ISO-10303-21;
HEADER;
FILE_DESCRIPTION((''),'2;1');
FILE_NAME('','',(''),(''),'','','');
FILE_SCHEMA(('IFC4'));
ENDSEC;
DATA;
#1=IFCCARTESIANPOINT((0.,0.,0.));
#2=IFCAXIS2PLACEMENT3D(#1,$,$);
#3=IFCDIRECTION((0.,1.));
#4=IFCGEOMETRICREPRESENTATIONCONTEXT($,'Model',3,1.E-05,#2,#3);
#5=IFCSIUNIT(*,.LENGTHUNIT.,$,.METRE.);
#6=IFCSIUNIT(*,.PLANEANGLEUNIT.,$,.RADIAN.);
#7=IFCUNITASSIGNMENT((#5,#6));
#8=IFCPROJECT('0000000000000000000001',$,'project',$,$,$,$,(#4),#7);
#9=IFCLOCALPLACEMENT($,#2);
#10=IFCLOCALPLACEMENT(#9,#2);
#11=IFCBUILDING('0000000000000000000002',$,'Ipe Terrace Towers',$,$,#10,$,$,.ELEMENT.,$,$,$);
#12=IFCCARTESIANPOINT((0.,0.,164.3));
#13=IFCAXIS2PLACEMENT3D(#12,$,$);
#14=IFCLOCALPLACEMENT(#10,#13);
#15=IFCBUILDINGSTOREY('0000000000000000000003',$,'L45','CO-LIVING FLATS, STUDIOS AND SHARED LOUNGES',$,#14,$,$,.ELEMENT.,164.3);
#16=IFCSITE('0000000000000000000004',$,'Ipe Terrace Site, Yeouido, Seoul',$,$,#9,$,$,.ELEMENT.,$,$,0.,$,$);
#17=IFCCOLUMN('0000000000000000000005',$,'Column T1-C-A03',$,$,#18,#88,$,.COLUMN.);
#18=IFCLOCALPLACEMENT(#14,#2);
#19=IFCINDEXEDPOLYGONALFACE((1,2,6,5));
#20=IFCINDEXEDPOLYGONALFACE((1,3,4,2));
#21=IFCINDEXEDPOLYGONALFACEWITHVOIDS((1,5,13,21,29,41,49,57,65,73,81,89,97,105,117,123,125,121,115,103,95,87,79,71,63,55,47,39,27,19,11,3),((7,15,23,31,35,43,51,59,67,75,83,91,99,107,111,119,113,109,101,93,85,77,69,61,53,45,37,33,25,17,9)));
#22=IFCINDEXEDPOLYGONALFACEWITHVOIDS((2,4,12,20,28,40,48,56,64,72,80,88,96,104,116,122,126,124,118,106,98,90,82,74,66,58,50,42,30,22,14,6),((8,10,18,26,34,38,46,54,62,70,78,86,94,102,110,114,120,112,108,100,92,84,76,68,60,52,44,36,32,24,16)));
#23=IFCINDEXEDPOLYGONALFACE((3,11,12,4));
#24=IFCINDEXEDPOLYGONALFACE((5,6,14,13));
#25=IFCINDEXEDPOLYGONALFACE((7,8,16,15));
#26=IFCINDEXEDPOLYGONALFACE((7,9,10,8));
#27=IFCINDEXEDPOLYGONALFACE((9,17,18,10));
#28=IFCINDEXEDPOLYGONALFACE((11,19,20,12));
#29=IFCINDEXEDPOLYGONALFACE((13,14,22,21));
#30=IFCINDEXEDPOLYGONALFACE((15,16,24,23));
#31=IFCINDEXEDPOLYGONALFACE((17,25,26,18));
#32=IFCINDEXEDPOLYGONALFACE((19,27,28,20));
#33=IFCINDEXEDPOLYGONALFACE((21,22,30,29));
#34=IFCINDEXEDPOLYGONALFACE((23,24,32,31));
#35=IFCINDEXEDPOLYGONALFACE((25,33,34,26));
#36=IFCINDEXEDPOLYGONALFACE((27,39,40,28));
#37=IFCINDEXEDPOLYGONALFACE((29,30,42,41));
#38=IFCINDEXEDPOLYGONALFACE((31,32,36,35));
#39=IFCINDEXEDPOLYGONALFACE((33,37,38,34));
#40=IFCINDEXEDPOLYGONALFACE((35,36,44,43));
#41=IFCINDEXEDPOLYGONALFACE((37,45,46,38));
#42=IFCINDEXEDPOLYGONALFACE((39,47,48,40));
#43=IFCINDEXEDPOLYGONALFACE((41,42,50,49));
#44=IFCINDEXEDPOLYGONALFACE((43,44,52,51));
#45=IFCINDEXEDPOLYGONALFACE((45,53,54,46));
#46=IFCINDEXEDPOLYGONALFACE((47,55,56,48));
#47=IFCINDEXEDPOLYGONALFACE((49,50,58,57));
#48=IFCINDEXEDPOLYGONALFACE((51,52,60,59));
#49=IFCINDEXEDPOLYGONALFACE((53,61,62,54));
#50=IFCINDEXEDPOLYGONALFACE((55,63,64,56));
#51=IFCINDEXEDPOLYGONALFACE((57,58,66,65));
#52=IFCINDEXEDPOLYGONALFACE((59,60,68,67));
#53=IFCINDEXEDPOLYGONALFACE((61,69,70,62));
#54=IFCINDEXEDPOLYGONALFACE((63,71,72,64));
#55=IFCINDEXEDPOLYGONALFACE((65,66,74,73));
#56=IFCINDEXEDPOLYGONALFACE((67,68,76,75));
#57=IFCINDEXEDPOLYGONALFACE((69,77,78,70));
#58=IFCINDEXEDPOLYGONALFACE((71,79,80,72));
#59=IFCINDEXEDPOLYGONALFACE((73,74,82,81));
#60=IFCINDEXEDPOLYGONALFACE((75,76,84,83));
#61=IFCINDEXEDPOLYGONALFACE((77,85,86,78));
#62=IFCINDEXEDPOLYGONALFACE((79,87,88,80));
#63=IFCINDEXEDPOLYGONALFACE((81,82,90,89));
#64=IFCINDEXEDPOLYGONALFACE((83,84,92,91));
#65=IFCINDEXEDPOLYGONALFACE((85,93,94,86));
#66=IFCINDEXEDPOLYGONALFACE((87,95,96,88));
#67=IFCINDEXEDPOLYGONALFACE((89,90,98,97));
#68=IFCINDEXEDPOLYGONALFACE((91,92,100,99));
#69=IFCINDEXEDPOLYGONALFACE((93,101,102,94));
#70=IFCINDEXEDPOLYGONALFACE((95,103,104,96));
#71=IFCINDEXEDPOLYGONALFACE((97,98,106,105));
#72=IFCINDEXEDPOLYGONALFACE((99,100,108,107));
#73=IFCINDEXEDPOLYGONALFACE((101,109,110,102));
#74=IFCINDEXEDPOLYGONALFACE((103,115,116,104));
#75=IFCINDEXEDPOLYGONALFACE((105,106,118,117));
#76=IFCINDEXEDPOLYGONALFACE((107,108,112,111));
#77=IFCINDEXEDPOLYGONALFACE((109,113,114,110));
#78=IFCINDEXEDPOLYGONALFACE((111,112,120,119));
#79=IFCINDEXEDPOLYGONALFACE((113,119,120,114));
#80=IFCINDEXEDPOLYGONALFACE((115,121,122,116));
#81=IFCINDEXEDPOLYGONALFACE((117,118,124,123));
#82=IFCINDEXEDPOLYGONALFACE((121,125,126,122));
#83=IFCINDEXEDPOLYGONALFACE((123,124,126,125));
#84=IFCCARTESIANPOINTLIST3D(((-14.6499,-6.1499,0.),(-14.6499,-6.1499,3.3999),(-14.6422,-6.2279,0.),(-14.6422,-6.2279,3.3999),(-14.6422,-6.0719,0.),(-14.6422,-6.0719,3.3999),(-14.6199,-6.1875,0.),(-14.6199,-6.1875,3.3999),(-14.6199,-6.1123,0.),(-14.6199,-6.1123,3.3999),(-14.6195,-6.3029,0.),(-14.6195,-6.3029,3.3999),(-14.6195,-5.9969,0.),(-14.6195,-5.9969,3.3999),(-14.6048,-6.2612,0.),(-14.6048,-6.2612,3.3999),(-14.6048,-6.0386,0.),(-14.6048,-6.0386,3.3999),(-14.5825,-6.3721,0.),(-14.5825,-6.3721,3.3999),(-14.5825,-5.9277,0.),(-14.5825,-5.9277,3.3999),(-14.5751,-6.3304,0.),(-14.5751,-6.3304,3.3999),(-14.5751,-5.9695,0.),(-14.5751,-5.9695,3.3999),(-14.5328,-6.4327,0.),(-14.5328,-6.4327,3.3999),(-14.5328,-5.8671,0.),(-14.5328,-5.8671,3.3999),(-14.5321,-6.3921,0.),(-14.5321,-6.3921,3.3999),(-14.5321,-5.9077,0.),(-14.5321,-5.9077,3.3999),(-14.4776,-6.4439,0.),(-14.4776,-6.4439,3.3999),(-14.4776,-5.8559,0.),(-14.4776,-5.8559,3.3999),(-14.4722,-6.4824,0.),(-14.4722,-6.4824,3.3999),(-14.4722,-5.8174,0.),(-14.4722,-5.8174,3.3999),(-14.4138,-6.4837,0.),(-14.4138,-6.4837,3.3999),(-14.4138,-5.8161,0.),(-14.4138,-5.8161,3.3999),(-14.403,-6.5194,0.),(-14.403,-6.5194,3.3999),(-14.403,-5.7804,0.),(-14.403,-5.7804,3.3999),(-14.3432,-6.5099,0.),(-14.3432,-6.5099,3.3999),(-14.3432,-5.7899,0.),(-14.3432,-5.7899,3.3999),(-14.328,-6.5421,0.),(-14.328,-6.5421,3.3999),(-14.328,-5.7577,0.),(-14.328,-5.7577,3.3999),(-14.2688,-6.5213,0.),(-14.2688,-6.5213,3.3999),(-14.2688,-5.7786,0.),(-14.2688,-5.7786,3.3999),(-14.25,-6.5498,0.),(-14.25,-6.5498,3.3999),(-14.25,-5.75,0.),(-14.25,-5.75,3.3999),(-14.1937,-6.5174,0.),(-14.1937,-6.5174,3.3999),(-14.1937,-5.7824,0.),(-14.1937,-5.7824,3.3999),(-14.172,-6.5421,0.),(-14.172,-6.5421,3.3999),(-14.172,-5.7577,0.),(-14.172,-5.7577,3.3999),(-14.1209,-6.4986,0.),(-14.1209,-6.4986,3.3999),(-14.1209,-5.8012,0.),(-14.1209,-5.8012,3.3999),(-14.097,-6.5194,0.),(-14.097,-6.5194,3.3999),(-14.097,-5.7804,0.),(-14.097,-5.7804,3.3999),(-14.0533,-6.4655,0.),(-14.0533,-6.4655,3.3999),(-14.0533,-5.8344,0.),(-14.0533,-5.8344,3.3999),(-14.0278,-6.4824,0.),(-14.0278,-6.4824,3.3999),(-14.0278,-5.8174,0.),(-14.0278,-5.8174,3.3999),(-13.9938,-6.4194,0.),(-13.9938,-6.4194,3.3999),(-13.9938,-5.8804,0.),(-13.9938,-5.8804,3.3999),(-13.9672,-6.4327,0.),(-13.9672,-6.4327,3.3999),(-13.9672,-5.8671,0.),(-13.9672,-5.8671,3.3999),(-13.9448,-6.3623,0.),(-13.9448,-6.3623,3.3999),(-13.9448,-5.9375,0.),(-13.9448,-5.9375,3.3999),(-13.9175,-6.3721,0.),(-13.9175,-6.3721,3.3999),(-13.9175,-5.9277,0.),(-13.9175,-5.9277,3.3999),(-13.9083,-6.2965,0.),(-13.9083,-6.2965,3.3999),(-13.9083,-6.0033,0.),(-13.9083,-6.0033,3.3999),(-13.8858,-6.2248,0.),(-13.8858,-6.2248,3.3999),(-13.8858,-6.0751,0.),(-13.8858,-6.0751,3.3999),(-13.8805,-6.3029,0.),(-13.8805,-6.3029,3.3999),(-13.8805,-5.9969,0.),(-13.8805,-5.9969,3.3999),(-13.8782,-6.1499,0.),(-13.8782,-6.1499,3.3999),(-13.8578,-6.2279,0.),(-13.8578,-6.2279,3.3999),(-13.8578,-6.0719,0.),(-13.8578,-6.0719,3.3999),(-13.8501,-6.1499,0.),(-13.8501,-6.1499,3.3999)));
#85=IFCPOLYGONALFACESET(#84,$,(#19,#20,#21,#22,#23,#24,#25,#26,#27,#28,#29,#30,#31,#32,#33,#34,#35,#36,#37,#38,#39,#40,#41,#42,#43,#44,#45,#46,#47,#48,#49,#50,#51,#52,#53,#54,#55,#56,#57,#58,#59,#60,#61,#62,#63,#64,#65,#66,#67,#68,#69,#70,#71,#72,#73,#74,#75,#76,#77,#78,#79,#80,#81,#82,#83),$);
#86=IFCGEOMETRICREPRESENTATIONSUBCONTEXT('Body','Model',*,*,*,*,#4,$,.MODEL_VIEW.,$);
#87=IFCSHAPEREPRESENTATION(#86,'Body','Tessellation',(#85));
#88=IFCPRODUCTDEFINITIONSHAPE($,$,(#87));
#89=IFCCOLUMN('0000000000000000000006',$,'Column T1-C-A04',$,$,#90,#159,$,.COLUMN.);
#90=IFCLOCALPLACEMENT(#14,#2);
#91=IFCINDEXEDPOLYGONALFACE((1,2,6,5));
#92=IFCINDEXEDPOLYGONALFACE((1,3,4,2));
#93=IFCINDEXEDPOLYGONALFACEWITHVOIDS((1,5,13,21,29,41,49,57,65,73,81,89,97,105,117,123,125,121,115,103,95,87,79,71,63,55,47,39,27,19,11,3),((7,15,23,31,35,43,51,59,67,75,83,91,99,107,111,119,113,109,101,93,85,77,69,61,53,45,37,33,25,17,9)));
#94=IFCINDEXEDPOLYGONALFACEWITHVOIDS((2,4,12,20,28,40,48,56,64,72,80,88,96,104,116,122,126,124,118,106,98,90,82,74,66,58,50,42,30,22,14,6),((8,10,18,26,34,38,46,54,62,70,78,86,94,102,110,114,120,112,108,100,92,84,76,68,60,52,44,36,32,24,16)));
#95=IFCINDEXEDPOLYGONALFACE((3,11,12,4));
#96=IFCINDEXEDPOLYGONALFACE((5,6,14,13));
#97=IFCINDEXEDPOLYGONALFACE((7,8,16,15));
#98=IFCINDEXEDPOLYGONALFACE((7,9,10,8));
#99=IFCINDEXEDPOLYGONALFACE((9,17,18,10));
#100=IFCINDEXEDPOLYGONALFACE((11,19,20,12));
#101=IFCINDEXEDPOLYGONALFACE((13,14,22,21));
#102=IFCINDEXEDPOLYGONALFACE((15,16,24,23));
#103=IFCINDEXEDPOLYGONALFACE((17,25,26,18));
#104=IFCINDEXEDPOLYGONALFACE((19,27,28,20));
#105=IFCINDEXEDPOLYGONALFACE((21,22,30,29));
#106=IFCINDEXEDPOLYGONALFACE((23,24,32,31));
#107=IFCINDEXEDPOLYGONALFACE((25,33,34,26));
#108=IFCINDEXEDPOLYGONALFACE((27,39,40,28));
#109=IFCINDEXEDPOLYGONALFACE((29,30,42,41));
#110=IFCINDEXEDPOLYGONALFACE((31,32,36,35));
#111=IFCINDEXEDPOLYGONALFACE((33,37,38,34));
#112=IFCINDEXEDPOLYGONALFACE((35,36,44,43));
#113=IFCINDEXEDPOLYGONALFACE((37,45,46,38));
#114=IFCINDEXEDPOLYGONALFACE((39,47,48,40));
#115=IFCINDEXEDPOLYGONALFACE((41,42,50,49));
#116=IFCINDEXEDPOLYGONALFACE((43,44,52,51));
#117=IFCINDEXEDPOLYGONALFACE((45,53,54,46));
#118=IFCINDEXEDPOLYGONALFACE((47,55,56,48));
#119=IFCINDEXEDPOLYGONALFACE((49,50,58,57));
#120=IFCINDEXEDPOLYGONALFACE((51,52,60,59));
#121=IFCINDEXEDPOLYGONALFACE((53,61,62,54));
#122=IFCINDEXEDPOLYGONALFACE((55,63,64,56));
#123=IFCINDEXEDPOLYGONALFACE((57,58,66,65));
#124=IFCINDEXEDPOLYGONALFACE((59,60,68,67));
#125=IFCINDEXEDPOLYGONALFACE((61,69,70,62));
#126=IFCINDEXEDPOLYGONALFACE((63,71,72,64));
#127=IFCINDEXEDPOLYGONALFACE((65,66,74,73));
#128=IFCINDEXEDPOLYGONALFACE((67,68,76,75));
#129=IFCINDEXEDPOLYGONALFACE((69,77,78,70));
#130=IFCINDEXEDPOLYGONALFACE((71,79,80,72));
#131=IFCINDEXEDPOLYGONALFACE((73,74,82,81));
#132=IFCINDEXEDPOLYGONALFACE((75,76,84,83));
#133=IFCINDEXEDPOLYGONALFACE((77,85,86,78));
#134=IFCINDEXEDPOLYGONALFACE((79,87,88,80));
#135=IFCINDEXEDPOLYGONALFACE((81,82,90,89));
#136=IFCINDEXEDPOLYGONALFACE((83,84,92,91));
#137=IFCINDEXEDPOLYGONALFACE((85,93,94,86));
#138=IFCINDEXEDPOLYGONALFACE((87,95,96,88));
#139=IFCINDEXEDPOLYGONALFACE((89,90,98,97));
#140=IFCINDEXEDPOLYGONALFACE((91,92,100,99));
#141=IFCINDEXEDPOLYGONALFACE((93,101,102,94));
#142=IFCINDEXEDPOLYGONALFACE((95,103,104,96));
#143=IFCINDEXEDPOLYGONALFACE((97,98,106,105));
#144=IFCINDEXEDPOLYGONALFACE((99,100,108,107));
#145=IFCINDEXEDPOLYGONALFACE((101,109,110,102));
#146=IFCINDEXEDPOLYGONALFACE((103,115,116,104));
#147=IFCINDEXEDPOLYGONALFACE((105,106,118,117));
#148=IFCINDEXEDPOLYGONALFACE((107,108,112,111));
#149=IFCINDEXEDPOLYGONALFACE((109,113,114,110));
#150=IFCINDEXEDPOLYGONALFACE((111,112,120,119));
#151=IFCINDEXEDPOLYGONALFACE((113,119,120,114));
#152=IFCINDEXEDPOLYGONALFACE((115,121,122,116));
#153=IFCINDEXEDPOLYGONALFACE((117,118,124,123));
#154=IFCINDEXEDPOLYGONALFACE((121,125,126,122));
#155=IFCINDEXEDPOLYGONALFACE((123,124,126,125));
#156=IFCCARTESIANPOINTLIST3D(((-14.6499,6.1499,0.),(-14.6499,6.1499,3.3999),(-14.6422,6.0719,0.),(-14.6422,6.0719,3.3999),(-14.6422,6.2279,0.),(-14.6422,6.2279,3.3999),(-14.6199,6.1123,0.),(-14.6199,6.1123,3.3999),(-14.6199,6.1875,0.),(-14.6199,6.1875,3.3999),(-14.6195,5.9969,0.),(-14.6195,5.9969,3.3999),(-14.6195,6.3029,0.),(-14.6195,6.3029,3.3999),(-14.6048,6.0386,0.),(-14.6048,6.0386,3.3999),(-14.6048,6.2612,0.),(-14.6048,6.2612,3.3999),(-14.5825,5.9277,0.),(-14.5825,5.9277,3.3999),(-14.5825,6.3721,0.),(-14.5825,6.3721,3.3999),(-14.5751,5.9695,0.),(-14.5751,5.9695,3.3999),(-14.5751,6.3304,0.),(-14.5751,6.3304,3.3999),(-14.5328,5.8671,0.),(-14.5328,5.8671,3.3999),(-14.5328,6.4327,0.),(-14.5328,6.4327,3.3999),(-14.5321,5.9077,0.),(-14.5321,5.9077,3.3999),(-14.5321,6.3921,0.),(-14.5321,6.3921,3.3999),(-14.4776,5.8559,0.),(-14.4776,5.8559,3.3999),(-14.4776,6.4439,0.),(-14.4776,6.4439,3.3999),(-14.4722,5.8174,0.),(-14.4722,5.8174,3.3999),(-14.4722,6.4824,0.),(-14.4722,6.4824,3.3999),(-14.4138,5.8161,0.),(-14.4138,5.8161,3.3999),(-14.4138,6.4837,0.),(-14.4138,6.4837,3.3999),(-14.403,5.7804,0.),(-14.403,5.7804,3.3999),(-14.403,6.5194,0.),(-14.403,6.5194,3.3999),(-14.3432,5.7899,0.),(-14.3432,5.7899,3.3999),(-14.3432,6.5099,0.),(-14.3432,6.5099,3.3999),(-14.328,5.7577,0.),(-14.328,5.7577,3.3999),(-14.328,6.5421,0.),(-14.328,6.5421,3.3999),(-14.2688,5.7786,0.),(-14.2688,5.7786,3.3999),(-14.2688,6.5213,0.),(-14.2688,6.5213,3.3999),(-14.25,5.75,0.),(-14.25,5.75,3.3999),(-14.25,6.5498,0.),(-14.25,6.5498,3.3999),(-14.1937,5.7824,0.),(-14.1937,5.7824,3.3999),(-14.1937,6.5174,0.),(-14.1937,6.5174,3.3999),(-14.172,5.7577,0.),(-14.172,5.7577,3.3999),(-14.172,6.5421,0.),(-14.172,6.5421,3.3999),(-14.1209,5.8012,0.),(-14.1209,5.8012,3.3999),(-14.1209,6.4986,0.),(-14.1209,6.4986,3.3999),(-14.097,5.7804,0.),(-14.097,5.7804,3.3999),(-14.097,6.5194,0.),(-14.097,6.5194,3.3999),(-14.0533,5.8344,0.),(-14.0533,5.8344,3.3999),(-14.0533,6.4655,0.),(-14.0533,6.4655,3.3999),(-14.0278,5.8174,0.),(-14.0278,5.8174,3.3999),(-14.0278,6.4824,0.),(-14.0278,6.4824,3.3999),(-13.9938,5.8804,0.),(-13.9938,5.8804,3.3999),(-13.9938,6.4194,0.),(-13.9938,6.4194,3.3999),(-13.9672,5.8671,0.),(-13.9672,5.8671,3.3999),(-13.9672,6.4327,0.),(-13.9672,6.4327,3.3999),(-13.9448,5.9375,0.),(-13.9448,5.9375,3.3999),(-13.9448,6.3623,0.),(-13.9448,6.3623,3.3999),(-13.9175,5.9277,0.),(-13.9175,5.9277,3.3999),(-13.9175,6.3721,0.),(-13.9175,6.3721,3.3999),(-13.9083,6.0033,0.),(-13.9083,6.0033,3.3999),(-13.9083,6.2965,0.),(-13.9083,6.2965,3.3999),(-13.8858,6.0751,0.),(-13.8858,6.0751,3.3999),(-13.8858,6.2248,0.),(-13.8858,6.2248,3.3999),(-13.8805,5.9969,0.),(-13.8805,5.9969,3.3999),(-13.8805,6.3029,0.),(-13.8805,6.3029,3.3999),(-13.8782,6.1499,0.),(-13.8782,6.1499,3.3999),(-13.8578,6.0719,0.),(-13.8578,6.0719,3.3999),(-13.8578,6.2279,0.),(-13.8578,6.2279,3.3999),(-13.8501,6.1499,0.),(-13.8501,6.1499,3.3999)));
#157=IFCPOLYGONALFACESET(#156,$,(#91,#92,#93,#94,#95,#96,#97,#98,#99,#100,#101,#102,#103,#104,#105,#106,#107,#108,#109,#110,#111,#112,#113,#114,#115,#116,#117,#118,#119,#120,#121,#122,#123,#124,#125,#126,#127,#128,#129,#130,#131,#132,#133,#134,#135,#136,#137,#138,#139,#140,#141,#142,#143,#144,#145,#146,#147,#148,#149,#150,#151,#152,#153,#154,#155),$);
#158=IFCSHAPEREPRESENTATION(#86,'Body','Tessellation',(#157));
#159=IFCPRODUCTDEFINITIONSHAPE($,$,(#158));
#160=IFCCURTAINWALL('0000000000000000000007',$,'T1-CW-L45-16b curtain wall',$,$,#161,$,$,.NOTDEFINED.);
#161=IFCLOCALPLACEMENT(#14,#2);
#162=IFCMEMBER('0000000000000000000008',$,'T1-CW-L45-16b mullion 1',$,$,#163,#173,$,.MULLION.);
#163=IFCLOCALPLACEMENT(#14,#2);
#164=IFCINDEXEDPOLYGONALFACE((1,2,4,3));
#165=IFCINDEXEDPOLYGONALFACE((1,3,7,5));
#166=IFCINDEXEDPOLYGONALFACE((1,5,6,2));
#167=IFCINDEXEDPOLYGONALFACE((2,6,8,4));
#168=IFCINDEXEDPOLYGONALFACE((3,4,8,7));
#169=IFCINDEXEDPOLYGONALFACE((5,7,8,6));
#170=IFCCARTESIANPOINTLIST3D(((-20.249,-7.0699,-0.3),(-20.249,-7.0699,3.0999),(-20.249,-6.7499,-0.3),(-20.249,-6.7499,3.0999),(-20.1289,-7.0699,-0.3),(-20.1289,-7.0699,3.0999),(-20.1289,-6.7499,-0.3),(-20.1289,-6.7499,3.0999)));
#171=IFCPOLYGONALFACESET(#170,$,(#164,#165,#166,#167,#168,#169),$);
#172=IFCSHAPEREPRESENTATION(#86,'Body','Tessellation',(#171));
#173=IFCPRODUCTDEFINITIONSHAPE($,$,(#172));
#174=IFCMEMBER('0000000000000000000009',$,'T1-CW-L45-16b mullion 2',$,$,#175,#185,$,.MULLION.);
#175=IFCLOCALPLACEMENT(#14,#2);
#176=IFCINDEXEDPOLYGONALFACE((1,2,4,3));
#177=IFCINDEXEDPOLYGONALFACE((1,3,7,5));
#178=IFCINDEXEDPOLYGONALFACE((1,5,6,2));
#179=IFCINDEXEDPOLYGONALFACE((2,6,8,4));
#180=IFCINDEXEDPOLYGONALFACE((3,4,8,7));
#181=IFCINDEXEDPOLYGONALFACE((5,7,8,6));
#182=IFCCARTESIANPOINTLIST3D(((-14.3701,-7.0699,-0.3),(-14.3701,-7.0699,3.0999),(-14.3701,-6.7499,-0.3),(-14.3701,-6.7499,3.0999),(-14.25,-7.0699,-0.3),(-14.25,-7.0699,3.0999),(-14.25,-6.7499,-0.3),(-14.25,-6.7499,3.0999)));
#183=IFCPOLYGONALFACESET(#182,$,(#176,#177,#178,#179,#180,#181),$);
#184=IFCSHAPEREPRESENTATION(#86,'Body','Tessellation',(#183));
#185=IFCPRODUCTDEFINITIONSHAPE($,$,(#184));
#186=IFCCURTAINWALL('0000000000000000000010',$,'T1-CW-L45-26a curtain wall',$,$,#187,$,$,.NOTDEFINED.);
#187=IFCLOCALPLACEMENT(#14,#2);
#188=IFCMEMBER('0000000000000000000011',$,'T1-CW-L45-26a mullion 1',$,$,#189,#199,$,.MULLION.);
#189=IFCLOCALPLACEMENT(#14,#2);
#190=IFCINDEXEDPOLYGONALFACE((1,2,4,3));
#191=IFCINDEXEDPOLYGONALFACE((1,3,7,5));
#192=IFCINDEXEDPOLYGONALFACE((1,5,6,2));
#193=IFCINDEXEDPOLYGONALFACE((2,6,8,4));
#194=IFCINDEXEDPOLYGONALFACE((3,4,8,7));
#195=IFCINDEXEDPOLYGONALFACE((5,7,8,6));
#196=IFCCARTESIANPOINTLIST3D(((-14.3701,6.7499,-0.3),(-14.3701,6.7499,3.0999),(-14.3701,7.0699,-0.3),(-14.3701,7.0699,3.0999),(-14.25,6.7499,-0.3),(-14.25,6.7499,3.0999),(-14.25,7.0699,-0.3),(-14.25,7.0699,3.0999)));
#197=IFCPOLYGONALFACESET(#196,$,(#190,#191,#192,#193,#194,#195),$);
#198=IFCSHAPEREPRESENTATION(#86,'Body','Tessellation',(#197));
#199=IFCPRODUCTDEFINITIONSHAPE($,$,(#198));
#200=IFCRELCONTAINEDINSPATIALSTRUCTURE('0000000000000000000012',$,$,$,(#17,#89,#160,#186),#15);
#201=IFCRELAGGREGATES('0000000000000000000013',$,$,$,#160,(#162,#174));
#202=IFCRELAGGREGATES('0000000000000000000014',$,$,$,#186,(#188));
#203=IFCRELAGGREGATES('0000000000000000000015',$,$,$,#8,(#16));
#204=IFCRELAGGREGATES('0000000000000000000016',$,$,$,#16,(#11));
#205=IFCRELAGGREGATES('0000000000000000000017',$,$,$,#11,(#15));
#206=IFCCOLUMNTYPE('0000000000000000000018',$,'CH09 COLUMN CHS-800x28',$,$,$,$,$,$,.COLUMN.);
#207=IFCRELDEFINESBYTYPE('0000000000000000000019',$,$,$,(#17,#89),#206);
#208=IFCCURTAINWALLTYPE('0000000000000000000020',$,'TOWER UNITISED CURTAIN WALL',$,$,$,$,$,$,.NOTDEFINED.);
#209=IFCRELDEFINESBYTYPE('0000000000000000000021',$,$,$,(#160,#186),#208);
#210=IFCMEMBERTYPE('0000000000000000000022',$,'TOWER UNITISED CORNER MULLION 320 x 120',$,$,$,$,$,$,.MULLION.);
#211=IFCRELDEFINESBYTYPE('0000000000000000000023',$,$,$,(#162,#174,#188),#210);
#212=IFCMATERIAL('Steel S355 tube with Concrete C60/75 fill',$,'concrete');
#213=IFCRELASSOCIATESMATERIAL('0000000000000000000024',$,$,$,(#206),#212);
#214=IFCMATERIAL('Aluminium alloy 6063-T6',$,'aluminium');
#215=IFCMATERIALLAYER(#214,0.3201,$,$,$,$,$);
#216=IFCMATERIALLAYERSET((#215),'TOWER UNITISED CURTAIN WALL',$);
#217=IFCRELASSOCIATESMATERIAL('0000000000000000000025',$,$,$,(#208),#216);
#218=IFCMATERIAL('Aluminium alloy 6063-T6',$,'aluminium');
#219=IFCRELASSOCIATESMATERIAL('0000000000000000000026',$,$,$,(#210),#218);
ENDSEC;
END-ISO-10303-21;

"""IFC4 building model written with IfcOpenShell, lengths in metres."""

from ifc_helpers import new_model, si_unit, direction, frame, origin, origin_2d, place, context, subcontext, project, spatial, rectangle, hollow_circle, extrude, material, layer, layer_set, material_profile, profile_set, type_object, element, aggregate, save


model = new_model("IFC4")

# Units and contexts
model_context = context("Model", 3, precision=1e-05, world=origin(), true_north=direction((0.0, 1.0)))
body_context = subcontext(model_context, "Body", "Model", "MODEL_VIEW")
ifc_project = project(units=[si_unit("LENGTHUNIT", "METRE"), si_unit("PLANEANGLEUNIT", "RADIAN")], contexts=[model_context])

# Site, building, storey
site_placement = place(None, origin())
site = spatial("IfcSite", under=ifc_project, at=site_placement, Name="Ipe Terrace Site, Yeouido, Seoul", CompositionType="ELEMENT", RefElevation=0.0)
building_placement = place(site_placement, origin())
building = spatial("IfcBuilding", under=site, at=building_placement, Name="Ipe Terrace Towers", CompositionType="ELEMENT")
storey_placement = place(building_placement, frame((0.0, 0.0, 164.3)))
storey = spatial("IfcBuildingStorey", under=building, at=storey_placement, Name="L45", Description="CO-LIVING FLATS, STUDIOS AND SHARED LOUNGES", CompositionType="ELEMENT", Elevation=164.3)

# Columns
ifc_material_1 = material(Name="Steel S355 tube with Concrete C60/75 fill", Category="concrete")
ifc_material_profile_1 = material_profile(ifc_material_1, hollow_circle(Radius=0.3999, WallThickness=0.0281, at=origin_2d()), Name="CHS-800x28")
ifc_profile_set_1 = profile_set([ifc_material_profile_1], Name="Steel S355 tube with Concrete C60/75 fill")
column_type = type_object("IfcColumnType", Name="CH09 COLUMN CHS-800x28", PredefinedType="COLUMN", material=ifc_profile_set_1)
for number, where, z_axis, x_axis, name in (
    (1, (-14.25, -6.1499, 0.0), (0.0, 0.0, 1.0), (1.0, 0.0, 0.0), "Column T1-C-A03"),
    (2, (-14.25, 6.1499, 0.0), (0.0, 0.0, 1.0), (1.0, 0.0, 0.0), "Column T1-C-A04"),
):
    element("IfcColumn", number, at=place(storey_placement, frame(where, z_axis=z_axis, x_axis=x_axis)), inside=storey, type_object=column_type, Name=name, PredefinedType="COLUMN", context=body_context, shape_type="SweptSolid", body=[
        extrude(hollow_circle(Radius=0.3999, WallThickness=0.0281, at=origin_2d()), origin(), (0.0, 0.0, 1.0), 3.3999),
    ])

# Curtain walls, members
ifc_material_2 = material(Name="Aluminium alloy 6063-T6", Category="aluminium")
ifc_layer_1 = layer(ifc_material_2, 0.3201)
ifc_layer_set_1 = layer_set([ifc_layer_1], Name="TOWER UNITISED CURTAIN WALL")
curtain_wall_type = type_object("IfcCurtainWallType", Name="TOWER UNITISED CURTAIN WALL", PredefinedType="NOTDEFINED", material=ifc_layer_set_1)
curtain_wall_1_placement = place(storey_placement, origin())
curtain_wall_1 = element("IfcCurtainWall", 3, at=curtain_wall_1_placement, inside=storey, type_object=curtain_wall_type, Name="T1-CW-L45-16b curtain wall", PredefinedType="NOTDEFINED")
ifc_material_3 = material(Name="Aluminium alloy 6063-T6", Category="aluminium")
ifc_material_profile_2 = material_profile(ifc_material_3, rectangle(XDim=0.3201, YDim=0.1201, at=origin_2d()), Name="TOWER UNITISED CORNER MULLION 320 x 120")
ifc_profile_set_2 = profile_set([ifc_material_profile_2], Name="Aluminium alloy 6063-T6")
member_type = type_object("IfcMemberType", Name="TOWER UNITISED CORNER MULLION 320 x 120", PredefinedType="MULLION", material=ifc_profile_set_2)
member_1_placement = place(storey_placement, frame((-20.189, -6.9099, -0.3), z_axis=(0.0, 0.0, 1.0), x_axis=(0.0, -1.0, 0.0)))
member_1 = element("IfcMember", 4, at=member_1_placement, type_object=member_type, Name="T1-CW-L45-16b mullion 1", PredefinedType="MULLION", context=body_context, shape_type="SweptSolid", body=[
    extrude(rectangle(XDim=0.3201, YDim=0.1201, at=origin_2d()), origin(), (0.0, 0.0, 1.0), 3.3999),
])
member_2_placement = place(storey_placement, frame((-14.3101, -6.9099, -0.3), z_axis=(0.0, 0.0, 1.0), x_axis=(0.0, -1.0, 0.0)))
member_2 = element("IfcMember", 5, at=member_2_placement, type_object=member_type, Name="T1-CW-L45-16b mullion 2", PredefinedType="MULLION", context=body_context, shape_type="SweptSolid", body=[
    extrude(rectangle(XDim=0.3201, YDim=0.1201, at=origin_2d()), origin(), (0.0, 0.0, 1.0), 3.3999),
])
curtain_wall_2_placement = place(storey_placement, origin())
curtain_wall_2 = element("IfcCurtainWall", 6, at=curtain_wall_2_placement, inside=storey, type_object=curtain_wall_type, Name="T1-CW-L45-26a curtain wall", PredefinedType="NOTDEFINED")
member_3_placement = place(storey_placement, frame((-14.3101, 6.9099, -0.3), z_axis=(0.0, 0.0, 1.0), x_axis=(0.0, 1.0, 0.0)))
member_3 = element("IfcMember", 7, at=member_3_placement, type_object=member_type, Name="T1-CW-L45-26a mullion 1", PredefinedType="MULLION", context=body_context, shape_type="SweptSolid", body=[
    extrude(rectangle(XDim=0.3201, YDim=0.1201, at=origin_2d()), origin(), (0.0, 0.0, 1.0), 3.3999),
])

aggregate(curtain_wall_1, [member_1, member_2])
aggregate(curtain_wall_2, [member_3])

save(model, "model.ifc")
